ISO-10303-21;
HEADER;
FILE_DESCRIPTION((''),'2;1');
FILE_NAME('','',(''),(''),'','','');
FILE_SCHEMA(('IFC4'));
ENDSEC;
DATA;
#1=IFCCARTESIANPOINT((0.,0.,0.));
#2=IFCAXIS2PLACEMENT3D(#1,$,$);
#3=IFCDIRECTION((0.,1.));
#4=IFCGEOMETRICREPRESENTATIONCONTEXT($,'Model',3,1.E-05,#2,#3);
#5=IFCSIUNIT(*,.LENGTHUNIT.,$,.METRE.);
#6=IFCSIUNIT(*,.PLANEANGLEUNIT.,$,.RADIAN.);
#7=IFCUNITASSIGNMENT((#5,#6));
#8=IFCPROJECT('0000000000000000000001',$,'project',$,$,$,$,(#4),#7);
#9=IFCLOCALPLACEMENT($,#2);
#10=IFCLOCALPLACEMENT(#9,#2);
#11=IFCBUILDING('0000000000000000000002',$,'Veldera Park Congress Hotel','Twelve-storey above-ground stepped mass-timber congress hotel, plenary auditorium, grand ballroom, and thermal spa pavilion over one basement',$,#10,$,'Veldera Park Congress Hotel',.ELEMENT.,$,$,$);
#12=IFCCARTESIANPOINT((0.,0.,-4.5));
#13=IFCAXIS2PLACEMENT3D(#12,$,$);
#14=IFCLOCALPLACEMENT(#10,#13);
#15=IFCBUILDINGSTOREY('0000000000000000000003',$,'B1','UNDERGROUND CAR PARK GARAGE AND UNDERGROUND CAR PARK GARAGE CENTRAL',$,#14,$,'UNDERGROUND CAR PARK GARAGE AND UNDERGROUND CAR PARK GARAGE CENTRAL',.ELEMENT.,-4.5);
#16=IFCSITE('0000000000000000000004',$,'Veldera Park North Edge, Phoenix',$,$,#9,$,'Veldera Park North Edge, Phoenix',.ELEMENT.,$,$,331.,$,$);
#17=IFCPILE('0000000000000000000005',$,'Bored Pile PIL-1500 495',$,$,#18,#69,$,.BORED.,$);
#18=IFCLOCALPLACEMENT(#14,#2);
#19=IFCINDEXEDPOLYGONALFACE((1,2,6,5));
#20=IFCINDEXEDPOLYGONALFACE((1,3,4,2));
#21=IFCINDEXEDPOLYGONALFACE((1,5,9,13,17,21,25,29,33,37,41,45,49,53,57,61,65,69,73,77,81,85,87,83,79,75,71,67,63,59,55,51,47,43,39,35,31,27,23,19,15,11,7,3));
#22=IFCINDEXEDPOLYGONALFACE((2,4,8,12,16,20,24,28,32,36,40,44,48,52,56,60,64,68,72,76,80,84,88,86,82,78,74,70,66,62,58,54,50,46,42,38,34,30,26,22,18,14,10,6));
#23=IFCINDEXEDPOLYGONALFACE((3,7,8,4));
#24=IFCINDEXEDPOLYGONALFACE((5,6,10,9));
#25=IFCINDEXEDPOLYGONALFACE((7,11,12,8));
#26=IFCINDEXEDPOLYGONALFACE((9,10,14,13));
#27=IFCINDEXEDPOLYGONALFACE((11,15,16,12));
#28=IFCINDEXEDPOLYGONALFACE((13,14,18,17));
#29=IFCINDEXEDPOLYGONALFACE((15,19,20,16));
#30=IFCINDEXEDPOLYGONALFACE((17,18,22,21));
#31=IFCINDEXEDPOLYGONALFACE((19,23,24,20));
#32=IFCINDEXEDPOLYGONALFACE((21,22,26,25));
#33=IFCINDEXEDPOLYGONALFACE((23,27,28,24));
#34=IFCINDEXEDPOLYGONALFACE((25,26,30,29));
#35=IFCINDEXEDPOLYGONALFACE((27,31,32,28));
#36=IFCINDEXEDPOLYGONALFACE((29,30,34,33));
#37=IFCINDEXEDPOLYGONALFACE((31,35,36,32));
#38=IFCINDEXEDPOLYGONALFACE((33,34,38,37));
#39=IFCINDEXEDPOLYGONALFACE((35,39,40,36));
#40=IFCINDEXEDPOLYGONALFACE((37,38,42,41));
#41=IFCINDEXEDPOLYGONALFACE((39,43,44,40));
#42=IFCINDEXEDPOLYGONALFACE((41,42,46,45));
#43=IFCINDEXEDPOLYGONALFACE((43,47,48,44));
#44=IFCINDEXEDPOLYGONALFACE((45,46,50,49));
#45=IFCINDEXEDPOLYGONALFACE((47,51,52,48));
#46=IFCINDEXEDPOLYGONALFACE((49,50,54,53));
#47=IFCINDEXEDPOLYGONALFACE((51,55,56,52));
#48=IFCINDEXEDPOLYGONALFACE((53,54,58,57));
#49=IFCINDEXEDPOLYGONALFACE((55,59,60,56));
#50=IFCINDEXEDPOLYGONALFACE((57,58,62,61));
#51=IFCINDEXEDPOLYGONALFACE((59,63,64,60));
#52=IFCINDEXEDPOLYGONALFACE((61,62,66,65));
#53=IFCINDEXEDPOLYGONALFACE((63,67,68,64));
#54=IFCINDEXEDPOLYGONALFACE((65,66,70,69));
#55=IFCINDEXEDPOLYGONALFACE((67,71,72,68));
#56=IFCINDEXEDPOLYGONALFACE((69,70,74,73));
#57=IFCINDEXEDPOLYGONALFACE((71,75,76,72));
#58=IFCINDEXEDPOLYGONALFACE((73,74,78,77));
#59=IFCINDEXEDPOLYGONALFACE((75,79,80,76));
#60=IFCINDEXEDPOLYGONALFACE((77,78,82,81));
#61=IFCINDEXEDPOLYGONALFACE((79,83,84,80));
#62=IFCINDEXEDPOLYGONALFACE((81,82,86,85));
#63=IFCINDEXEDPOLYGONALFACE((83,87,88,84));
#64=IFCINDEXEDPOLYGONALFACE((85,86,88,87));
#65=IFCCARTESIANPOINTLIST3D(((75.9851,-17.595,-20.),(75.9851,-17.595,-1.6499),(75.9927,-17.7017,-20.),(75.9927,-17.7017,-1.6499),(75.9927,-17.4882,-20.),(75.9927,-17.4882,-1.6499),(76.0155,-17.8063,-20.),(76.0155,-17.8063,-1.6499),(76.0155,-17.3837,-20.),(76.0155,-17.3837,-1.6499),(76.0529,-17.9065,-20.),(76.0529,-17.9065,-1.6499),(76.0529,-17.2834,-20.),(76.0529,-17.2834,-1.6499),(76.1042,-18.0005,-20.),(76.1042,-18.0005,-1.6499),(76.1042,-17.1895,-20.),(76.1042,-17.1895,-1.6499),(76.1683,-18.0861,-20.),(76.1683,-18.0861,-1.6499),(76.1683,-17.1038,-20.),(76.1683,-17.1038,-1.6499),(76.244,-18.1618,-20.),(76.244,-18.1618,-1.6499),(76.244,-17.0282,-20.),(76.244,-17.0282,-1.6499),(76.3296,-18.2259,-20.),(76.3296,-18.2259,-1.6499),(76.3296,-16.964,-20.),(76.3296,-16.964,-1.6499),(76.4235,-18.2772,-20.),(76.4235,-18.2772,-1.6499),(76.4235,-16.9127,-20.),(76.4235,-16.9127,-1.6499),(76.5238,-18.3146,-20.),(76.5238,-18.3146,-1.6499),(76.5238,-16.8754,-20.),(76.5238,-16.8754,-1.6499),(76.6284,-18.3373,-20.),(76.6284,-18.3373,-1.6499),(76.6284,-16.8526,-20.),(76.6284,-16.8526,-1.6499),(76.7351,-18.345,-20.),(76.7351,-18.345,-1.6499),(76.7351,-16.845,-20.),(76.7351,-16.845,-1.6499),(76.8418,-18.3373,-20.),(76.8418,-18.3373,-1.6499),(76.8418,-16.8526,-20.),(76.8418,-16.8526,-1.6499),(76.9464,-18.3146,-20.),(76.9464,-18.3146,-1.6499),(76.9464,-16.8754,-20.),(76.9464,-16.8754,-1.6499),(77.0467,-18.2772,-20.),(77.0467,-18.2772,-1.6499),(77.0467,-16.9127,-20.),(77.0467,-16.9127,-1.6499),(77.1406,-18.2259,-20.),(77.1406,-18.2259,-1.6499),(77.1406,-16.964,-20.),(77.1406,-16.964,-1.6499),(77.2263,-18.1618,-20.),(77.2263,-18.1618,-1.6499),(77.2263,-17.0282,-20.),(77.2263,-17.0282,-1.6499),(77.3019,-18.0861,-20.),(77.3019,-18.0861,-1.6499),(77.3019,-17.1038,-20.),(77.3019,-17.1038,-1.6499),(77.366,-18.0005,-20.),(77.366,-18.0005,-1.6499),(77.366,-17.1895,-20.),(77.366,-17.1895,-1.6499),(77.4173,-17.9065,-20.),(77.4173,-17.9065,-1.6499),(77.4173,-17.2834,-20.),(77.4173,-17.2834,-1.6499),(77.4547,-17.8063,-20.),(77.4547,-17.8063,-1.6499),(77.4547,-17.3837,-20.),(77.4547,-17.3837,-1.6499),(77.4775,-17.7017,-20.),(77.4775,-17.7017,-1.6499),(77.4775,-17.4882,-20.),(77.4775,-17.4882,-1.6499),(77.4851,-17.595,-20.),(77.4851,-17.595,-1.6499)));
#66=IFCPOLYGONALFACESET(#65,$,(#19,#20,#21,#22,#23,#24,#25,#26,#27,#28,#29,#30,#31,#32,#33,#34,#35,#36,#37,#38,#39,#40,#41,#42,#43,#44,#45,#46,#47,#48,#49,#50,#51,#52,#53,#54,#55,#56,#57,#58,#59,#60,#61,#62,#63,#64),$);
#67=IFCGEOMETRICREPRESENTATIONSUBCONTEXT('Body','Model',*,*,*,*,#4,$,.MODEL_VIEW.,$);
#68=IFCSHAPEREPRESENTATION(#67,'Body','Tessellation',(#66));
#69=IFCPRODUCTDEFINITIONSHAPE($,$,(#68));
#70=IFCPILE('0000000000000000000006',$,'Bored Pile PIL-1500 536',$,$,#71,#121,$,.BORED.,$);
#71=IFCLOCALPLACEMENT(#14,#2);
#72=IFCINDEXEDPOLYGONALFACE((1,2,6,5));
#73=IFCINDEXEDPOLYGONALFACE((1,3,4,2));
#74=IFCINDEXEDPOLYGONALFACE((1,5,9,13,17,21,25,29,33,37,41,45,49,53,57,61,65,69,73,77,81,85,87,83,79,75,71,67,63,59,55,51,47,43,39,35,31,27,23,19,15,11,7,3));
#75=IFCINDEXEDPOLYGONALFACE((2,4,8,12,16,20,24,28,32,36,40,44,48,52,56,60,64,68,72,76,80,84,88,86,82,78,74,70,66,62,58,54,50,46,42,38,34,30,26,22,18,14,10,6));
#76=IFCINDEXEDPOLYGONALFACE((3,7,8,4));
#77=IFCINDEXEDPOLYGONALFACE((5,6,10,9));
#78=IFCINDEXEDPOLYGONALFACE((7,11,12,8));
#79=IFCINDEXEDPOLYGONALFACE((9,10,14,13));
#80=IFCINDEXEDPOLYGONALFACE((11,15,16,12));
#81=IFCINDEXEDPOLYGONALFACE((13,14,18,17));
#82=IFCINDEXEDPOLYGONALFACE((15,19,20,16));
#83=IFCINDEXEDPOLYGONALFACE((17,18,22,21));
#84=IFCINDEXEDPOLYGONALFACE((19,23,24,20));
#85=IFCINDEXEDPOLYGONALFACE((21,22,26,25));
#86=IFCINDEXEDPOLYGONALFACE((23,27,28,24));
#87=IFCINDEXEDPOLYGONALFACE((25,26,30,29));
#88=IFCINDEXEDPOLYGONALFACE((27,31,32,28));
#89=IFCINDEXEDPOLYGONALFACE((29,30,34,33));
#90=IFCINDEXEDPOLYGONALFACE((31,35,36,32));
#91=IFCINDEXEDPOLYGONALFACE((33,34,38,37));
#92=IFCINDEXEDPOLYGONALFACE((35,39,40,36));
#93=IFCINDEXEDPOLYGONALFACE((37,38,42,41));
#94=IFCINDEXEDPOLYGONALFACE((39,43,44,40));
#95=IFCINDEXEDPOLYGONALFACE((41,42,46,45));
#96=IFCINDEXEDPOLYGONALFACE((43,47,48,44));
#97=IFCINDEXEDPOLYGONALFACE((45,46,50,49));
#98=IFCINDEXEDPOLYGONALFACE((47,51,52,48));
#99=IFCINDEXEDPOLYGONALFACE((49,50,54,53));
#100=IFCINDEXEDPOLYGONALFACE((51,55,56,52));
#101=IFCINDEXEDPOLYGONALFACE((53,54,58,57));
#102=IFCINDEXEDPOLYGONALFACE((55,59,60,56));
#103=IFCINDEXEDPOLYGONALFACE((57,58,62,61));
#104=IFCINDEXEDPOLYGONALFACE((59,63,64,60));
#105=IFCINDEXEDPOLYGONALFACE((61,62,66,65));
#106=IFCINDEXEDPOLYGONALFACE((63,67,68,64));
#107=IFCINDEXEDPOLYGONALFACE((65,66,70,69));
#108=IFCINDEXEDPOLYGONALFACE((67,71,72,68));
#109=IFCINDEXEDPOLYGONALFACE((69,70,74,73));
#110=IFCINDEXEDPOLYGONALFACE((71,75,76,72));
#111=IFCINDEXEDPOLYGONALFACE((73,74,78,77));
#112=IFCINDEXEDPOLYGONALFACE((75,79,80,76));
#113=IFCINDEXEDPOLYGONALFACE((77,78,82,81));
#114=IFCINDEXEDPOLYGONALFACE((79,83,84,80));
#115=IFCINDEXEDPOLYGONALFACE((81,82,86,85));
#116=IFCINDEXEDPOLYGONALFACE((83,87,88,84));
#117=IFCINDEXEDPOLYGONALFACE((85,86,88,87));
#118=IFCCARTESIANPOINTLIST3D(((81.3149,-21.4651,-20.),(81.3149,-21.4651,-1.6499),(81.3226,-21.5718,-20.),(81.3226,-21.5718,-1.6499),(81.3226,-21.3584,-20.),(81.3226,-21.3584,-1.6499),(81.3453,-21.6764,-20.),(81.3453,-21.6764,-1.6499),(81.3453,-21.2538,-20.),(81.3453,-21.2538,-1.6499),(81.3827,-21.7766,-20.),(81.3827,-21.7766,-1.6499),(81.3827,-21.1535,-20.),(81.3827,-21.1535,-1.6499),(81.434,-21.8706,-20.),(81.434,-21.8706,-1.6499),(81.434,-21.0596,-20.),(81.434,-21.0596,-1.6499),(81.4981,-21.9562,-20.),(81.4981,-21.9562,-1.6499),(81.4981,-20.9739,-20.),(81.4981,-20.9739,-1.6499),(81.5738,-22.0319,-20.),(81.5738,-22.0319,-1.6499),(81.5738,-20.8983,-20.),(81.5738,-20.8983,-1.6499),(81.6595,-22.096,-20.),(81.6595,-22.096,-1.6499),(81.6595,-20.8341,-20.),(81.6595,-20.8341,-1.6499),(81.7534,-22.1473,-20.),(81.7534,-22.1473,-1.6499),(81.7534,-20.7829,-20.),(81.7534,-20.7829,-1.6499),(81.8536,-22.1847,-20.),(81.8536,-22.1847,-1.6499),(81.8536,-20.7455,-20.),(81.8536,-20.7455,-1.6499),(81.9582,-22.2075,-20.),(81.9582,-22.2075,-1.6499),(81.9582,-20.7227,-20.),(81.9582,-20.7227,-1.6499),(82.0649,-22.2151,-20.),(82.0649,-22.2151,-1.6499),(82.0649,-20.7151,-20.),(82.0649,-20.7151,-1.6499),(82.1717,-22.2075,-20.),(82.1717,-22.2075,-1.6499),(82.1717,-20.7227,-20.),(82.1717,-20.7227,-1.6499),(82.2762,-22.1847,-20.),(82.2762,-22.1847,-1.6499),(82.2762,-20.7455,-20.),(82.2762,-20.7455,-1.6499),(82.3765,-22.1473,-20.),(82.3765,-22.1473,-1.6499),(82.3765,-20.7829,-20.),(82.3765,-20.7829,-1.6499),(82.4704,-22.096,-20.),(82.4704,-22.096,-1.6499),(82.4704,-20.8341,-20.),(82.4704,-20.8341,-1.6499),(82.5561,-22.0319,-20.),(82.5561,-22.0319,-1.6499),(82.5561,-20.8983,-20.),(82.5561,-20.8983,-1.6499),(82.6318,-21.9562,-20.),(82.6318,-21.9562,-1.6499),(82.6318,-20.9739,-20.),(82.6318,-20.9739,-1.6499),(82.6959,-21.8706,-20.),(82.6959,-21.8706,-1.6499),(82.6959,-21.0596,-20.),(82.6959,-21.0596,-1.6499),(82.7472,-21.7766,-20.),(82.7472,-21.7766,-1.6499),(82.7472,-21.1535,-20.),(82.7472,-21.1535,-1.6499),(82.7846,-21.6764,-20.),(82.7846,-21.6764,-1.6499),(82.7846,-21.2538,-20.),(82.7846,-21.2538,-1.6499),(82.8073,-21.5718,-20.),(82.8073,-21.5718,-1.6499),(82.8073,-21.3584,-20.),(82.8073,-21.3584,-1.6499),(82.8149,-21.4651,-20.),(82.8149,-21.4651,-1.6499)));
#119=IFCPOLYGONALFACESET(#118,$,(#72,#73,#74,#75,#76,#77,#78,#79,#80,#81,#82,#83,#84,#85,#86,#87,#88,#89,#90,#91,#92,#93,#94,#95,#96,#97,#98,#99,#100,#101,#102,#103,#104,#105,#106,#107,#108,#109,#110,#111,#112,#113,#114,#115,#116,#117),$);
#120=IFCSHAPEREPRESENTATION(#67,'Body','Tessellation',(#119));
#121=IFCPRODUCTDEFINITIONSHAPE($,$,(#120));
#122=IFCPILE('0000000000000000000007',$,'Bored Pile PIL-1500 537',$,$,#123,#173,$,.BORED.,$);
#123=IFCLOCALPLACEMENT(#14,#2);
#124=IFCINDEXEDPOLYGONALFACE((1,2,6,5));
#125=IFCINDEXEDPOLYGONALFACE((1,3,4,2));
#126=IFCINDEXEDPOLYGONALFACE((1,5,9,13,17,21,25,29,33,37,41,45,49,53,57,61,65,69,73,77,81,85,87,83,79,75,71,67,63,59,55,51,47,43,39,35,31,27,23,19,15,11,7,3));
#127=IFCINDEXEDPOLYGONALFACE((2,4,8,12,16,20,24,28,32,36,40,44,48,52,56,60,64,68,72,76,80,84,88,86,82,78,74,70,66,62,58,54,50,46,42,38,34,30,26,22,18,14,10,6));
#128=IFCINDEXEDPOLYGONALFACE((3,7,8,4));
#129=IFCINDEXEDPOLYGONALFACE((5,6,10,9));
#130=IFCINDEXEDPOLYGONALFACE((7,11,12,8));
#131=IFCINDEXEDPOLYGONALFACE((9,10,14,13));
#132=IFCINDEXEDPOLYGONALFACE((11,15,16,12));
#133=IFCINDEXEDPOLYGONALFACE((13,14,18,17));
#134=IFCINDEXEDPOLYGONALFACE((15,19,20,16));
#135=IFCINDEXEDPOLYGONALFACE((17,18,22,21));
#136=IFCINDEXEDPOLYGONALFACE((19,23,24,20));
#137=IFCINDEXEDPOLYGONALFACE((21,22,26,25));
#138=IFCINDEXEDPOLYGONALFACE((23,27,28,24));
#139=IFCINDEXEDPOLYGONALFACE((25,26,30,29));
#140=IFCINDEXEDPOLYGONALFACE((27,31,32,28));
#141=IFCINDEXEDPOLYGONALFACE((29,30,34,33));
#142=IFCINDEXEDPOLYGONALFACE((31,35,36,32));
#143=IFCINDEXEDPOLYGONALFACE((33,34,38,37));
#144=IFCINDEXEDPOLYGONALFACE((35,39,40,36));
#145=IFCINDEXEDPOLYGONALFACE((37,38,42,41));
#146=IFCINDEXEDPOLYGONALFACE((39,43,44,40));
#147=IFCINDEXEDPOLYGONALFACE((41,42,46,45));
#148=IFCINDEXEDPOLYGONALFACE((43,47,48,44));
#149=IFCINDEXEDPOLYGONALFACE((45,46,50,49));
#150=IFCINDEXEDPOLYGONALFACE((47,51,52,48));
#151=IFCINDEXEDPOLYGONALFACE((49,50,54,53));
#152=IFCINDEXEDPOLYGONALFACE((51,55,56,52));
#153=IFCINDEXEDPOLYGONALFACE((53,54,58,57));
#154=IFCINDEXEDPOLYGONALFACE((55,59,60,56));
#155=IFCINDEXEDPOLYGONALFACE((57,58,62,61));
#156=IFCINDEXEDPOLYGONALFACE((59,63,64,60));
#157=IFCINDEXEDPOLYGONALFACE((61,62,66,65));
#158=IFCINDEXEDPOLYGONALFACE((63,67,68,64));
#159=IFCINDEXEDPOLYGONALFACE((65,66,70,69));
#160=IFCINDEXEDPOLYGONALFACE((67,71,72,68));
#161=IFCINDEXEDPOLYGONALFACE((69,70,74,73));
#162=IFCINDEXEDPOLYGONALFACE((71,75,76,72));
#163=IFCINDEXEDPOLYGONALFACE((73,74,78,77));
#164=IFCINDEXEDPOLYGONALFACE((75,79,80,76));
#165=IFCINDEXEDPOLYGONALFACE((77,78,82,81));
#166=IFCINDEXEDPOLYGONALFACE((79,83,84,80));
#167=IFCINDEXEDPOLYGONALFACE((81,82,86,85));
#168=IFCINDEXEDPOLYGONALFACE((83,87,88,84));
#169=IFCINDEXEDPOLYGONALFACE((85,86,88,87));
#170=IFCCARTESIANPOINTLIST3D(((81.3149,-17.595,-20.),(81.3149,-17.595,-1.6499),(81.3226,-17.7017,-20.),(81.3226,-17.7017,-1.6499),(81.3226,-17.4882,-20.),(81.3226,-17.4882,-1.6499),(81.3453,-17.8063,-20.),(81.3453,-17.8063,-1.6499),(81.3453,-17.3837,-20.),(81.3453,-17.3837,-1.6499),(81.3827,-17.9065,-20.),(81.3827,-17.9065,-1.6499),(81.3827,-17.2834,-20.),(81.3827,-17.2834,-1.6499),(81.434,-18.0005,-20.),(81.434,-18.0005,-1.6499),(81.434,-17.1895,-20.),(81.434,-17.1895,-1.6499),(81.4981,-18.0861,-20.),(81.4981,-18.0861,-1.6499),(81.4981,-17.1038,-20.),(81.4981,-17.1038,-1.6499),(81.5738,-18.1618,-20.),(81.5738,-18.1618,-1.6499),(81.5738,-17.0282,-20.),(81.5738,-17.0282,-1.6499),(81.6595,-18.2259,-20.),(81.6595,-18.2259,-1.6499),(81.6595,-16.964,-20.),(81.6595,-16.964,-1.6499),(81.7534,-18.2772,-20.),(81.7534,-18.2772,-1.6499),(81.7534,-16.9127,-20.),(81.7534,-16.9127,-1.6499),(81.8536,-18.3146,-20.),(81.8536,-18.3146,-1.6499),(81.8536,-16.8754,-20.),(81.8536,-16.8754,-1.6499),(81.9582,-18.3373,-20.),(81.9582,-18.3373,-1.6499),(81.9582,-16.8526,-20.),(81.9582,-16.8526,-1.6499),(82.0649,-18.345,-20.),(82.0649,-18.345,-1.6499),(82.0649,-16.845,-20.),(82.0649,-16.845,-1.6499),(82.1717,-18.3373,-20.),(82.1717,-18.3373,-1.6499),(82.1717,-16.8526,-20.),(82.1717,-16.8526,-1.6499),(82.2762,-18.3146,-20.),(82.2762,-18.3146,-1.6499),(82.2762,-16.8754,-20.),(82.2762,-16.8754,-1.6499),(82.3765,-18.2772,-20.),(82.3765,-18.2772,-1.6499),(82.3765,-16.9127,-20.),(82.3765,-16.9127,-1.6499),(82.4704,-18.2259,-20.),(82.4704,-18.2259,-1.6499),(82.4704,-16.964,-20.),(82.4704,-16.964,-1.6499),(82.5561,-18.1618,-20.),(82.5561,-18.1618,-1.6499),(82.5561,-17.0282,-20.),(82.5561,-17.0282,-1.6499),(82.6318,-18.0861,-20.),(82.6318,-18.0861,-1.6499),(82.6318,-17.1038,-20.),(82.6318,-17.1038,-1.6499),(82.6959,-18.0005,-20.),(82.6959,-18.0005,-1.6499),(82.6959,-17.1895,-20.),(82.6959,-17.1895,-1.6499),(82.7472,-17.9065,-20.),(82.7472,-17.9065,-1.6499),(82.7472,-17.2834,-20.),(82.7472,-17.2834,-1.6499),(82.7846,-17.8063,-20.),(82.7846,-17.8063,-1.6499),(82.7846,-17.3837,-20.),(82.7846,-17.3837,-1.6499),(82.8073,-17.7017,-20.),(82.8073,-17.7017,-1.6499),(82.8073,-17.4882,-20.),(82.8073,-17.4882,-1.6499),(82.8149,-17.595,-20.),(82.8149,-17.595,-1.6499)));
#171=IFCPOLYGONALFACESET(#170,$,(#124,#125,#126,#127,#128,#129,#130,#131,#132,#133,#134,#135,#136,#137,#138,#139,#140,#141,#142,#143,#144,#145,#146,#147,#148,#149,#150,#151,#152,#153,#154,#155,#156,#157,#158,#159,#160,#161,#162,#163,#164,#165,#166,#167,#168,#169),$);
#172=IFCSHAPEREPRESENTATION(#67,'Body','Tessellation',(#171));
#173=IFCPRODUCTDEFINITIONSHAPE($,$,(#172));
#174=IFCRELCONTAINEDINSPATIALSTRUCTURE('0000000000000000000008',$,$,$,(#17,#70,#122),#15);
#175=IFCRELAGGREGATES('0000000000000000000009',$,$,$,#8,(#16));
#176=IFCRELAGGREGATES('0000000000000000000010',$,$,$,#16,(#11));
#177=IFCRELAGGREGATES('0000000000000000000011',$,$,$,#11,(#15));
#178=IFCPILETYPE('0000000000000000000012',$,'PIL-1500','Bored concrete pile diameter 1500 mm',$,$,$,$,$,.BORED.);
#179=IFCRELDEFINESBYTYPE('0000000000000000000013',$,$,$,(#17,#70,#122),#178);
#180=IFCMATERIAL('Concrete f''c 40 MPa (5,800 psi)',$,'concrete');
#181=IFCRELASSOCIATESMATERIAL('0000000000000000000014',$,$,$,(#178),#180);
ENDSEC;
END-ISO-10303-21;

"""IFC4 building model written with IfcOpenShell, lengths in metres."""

from ifc_helpers import new_model, si_unit, direction, frame, origin, origin_2d, place, context, subcontext, project, spatial, circle, extrude, material, material_profile, profile_set, type_object, element, save


model = new_model("IFC4")

# Units and contexts
model_context = context("Model", 3, precision=1e-05, world=origin(), true_north=direction((0.0, 1.0)))
body_context = subcontext(model_context, "Body", "Model", "MODEL_VIEW")
ifc_project = project(units=[si_unit("LENGTHUNIT", "METRE"), si_unit("PLANEANGLEUNIT", "RADIAN")], contexts=[model_context])

# Site, building, storey
site_placement = place(None, origin())
site = spatial("IfcSite", under=ifc_project, at=site_placement, Name="Veldera Park North Edge, Phoenix", LongName="Veldera Park North Edge, Phoenix", CompositionType="ELEMENT", RefElevation=331.0)
building_placement = place(site_placement, origin())
building = spatial("IfcBuilding", under=site, at=building_placement, Name="Veldera Park Congress Hotel", Description="Twelve-storey above-ground stepped mass-timber congress hotel, plenary auditorium, grand ballroom, and thermal spa pavilion over one basement", LongName="Veldera Park Congress Hotel", CompositionType="ELEMENT")
storey_placement = place(building_placement, frame((0.0, 0.0, -4.5)))
storey = spatial("IfcBuildingStorey", under=building, at=storey_placement, Name="B1", Description="UNDERGROUND CAR PARK GARAGE AND UNDERGROUND CAR PARK GARAGE CENTRAL", LongName="UNDERGROUND CAR PARK GARAGE AND UNDERGROUND CAR PARK GARAGE CENTRAL", CompositionType="ELEMENT", Elevation=-4.5)

# Shared definitions
ifc_material_1 = material(Name="Concrete f'c 40 MPa (5,800 psi)", Category="concrete")

# Piles
ifc_material_profile_1 = material_profile(ifc_material_1, circle(Radius=0.75, at=origin_2d()), Name="PILE D1500")
ifc_profile_set_1 = profile_set([ifc_material_profile_1], Name="Concrete f'c 40 MPa (5,800 psi)")
pile_type = type_object("IfcPileType", Name="PIL-1500", Description="Bored concrete pile diameter 1500 mm", PredefinedType="BORED", material=ifc_profile_set_1)
for number, where, z_axis, x_axis, name in (
    (1, (76.7351, -17.595, -1.6499), (0.0, 0.0, -1.0), (1.0, 0.0, 0.0), "Bored Pile PIL-1500 495"),
    (2, (82.0649, -21.4651, -1.6499), (0.0, 0.0, -1.0), (1.0, 0.0, 0.0), "Bored Pile PIL-1500 536"),
    (3, (82.0649, -17.595, -1.6499), (0.0, 0.0, -1.0), (1.0, 0.0, 0.0), "Bored Pile PIL-1500 537"),
):
    element("IfcPile", number, at=place(storey_placement, frame(where, z_axis=z_axis, x_axis=x_axis)), inside=storey, type_object=pile_type, Name=name, PredefinedType="BORED", context=body_context, shape_type="SweptSolid", body=[
        extrude(circle(Radius=0.75, at=origin_2d()), origin(), (0.0, 0.0, 1.0), 18.3501),
    ])

save(model, "model.ifc")
